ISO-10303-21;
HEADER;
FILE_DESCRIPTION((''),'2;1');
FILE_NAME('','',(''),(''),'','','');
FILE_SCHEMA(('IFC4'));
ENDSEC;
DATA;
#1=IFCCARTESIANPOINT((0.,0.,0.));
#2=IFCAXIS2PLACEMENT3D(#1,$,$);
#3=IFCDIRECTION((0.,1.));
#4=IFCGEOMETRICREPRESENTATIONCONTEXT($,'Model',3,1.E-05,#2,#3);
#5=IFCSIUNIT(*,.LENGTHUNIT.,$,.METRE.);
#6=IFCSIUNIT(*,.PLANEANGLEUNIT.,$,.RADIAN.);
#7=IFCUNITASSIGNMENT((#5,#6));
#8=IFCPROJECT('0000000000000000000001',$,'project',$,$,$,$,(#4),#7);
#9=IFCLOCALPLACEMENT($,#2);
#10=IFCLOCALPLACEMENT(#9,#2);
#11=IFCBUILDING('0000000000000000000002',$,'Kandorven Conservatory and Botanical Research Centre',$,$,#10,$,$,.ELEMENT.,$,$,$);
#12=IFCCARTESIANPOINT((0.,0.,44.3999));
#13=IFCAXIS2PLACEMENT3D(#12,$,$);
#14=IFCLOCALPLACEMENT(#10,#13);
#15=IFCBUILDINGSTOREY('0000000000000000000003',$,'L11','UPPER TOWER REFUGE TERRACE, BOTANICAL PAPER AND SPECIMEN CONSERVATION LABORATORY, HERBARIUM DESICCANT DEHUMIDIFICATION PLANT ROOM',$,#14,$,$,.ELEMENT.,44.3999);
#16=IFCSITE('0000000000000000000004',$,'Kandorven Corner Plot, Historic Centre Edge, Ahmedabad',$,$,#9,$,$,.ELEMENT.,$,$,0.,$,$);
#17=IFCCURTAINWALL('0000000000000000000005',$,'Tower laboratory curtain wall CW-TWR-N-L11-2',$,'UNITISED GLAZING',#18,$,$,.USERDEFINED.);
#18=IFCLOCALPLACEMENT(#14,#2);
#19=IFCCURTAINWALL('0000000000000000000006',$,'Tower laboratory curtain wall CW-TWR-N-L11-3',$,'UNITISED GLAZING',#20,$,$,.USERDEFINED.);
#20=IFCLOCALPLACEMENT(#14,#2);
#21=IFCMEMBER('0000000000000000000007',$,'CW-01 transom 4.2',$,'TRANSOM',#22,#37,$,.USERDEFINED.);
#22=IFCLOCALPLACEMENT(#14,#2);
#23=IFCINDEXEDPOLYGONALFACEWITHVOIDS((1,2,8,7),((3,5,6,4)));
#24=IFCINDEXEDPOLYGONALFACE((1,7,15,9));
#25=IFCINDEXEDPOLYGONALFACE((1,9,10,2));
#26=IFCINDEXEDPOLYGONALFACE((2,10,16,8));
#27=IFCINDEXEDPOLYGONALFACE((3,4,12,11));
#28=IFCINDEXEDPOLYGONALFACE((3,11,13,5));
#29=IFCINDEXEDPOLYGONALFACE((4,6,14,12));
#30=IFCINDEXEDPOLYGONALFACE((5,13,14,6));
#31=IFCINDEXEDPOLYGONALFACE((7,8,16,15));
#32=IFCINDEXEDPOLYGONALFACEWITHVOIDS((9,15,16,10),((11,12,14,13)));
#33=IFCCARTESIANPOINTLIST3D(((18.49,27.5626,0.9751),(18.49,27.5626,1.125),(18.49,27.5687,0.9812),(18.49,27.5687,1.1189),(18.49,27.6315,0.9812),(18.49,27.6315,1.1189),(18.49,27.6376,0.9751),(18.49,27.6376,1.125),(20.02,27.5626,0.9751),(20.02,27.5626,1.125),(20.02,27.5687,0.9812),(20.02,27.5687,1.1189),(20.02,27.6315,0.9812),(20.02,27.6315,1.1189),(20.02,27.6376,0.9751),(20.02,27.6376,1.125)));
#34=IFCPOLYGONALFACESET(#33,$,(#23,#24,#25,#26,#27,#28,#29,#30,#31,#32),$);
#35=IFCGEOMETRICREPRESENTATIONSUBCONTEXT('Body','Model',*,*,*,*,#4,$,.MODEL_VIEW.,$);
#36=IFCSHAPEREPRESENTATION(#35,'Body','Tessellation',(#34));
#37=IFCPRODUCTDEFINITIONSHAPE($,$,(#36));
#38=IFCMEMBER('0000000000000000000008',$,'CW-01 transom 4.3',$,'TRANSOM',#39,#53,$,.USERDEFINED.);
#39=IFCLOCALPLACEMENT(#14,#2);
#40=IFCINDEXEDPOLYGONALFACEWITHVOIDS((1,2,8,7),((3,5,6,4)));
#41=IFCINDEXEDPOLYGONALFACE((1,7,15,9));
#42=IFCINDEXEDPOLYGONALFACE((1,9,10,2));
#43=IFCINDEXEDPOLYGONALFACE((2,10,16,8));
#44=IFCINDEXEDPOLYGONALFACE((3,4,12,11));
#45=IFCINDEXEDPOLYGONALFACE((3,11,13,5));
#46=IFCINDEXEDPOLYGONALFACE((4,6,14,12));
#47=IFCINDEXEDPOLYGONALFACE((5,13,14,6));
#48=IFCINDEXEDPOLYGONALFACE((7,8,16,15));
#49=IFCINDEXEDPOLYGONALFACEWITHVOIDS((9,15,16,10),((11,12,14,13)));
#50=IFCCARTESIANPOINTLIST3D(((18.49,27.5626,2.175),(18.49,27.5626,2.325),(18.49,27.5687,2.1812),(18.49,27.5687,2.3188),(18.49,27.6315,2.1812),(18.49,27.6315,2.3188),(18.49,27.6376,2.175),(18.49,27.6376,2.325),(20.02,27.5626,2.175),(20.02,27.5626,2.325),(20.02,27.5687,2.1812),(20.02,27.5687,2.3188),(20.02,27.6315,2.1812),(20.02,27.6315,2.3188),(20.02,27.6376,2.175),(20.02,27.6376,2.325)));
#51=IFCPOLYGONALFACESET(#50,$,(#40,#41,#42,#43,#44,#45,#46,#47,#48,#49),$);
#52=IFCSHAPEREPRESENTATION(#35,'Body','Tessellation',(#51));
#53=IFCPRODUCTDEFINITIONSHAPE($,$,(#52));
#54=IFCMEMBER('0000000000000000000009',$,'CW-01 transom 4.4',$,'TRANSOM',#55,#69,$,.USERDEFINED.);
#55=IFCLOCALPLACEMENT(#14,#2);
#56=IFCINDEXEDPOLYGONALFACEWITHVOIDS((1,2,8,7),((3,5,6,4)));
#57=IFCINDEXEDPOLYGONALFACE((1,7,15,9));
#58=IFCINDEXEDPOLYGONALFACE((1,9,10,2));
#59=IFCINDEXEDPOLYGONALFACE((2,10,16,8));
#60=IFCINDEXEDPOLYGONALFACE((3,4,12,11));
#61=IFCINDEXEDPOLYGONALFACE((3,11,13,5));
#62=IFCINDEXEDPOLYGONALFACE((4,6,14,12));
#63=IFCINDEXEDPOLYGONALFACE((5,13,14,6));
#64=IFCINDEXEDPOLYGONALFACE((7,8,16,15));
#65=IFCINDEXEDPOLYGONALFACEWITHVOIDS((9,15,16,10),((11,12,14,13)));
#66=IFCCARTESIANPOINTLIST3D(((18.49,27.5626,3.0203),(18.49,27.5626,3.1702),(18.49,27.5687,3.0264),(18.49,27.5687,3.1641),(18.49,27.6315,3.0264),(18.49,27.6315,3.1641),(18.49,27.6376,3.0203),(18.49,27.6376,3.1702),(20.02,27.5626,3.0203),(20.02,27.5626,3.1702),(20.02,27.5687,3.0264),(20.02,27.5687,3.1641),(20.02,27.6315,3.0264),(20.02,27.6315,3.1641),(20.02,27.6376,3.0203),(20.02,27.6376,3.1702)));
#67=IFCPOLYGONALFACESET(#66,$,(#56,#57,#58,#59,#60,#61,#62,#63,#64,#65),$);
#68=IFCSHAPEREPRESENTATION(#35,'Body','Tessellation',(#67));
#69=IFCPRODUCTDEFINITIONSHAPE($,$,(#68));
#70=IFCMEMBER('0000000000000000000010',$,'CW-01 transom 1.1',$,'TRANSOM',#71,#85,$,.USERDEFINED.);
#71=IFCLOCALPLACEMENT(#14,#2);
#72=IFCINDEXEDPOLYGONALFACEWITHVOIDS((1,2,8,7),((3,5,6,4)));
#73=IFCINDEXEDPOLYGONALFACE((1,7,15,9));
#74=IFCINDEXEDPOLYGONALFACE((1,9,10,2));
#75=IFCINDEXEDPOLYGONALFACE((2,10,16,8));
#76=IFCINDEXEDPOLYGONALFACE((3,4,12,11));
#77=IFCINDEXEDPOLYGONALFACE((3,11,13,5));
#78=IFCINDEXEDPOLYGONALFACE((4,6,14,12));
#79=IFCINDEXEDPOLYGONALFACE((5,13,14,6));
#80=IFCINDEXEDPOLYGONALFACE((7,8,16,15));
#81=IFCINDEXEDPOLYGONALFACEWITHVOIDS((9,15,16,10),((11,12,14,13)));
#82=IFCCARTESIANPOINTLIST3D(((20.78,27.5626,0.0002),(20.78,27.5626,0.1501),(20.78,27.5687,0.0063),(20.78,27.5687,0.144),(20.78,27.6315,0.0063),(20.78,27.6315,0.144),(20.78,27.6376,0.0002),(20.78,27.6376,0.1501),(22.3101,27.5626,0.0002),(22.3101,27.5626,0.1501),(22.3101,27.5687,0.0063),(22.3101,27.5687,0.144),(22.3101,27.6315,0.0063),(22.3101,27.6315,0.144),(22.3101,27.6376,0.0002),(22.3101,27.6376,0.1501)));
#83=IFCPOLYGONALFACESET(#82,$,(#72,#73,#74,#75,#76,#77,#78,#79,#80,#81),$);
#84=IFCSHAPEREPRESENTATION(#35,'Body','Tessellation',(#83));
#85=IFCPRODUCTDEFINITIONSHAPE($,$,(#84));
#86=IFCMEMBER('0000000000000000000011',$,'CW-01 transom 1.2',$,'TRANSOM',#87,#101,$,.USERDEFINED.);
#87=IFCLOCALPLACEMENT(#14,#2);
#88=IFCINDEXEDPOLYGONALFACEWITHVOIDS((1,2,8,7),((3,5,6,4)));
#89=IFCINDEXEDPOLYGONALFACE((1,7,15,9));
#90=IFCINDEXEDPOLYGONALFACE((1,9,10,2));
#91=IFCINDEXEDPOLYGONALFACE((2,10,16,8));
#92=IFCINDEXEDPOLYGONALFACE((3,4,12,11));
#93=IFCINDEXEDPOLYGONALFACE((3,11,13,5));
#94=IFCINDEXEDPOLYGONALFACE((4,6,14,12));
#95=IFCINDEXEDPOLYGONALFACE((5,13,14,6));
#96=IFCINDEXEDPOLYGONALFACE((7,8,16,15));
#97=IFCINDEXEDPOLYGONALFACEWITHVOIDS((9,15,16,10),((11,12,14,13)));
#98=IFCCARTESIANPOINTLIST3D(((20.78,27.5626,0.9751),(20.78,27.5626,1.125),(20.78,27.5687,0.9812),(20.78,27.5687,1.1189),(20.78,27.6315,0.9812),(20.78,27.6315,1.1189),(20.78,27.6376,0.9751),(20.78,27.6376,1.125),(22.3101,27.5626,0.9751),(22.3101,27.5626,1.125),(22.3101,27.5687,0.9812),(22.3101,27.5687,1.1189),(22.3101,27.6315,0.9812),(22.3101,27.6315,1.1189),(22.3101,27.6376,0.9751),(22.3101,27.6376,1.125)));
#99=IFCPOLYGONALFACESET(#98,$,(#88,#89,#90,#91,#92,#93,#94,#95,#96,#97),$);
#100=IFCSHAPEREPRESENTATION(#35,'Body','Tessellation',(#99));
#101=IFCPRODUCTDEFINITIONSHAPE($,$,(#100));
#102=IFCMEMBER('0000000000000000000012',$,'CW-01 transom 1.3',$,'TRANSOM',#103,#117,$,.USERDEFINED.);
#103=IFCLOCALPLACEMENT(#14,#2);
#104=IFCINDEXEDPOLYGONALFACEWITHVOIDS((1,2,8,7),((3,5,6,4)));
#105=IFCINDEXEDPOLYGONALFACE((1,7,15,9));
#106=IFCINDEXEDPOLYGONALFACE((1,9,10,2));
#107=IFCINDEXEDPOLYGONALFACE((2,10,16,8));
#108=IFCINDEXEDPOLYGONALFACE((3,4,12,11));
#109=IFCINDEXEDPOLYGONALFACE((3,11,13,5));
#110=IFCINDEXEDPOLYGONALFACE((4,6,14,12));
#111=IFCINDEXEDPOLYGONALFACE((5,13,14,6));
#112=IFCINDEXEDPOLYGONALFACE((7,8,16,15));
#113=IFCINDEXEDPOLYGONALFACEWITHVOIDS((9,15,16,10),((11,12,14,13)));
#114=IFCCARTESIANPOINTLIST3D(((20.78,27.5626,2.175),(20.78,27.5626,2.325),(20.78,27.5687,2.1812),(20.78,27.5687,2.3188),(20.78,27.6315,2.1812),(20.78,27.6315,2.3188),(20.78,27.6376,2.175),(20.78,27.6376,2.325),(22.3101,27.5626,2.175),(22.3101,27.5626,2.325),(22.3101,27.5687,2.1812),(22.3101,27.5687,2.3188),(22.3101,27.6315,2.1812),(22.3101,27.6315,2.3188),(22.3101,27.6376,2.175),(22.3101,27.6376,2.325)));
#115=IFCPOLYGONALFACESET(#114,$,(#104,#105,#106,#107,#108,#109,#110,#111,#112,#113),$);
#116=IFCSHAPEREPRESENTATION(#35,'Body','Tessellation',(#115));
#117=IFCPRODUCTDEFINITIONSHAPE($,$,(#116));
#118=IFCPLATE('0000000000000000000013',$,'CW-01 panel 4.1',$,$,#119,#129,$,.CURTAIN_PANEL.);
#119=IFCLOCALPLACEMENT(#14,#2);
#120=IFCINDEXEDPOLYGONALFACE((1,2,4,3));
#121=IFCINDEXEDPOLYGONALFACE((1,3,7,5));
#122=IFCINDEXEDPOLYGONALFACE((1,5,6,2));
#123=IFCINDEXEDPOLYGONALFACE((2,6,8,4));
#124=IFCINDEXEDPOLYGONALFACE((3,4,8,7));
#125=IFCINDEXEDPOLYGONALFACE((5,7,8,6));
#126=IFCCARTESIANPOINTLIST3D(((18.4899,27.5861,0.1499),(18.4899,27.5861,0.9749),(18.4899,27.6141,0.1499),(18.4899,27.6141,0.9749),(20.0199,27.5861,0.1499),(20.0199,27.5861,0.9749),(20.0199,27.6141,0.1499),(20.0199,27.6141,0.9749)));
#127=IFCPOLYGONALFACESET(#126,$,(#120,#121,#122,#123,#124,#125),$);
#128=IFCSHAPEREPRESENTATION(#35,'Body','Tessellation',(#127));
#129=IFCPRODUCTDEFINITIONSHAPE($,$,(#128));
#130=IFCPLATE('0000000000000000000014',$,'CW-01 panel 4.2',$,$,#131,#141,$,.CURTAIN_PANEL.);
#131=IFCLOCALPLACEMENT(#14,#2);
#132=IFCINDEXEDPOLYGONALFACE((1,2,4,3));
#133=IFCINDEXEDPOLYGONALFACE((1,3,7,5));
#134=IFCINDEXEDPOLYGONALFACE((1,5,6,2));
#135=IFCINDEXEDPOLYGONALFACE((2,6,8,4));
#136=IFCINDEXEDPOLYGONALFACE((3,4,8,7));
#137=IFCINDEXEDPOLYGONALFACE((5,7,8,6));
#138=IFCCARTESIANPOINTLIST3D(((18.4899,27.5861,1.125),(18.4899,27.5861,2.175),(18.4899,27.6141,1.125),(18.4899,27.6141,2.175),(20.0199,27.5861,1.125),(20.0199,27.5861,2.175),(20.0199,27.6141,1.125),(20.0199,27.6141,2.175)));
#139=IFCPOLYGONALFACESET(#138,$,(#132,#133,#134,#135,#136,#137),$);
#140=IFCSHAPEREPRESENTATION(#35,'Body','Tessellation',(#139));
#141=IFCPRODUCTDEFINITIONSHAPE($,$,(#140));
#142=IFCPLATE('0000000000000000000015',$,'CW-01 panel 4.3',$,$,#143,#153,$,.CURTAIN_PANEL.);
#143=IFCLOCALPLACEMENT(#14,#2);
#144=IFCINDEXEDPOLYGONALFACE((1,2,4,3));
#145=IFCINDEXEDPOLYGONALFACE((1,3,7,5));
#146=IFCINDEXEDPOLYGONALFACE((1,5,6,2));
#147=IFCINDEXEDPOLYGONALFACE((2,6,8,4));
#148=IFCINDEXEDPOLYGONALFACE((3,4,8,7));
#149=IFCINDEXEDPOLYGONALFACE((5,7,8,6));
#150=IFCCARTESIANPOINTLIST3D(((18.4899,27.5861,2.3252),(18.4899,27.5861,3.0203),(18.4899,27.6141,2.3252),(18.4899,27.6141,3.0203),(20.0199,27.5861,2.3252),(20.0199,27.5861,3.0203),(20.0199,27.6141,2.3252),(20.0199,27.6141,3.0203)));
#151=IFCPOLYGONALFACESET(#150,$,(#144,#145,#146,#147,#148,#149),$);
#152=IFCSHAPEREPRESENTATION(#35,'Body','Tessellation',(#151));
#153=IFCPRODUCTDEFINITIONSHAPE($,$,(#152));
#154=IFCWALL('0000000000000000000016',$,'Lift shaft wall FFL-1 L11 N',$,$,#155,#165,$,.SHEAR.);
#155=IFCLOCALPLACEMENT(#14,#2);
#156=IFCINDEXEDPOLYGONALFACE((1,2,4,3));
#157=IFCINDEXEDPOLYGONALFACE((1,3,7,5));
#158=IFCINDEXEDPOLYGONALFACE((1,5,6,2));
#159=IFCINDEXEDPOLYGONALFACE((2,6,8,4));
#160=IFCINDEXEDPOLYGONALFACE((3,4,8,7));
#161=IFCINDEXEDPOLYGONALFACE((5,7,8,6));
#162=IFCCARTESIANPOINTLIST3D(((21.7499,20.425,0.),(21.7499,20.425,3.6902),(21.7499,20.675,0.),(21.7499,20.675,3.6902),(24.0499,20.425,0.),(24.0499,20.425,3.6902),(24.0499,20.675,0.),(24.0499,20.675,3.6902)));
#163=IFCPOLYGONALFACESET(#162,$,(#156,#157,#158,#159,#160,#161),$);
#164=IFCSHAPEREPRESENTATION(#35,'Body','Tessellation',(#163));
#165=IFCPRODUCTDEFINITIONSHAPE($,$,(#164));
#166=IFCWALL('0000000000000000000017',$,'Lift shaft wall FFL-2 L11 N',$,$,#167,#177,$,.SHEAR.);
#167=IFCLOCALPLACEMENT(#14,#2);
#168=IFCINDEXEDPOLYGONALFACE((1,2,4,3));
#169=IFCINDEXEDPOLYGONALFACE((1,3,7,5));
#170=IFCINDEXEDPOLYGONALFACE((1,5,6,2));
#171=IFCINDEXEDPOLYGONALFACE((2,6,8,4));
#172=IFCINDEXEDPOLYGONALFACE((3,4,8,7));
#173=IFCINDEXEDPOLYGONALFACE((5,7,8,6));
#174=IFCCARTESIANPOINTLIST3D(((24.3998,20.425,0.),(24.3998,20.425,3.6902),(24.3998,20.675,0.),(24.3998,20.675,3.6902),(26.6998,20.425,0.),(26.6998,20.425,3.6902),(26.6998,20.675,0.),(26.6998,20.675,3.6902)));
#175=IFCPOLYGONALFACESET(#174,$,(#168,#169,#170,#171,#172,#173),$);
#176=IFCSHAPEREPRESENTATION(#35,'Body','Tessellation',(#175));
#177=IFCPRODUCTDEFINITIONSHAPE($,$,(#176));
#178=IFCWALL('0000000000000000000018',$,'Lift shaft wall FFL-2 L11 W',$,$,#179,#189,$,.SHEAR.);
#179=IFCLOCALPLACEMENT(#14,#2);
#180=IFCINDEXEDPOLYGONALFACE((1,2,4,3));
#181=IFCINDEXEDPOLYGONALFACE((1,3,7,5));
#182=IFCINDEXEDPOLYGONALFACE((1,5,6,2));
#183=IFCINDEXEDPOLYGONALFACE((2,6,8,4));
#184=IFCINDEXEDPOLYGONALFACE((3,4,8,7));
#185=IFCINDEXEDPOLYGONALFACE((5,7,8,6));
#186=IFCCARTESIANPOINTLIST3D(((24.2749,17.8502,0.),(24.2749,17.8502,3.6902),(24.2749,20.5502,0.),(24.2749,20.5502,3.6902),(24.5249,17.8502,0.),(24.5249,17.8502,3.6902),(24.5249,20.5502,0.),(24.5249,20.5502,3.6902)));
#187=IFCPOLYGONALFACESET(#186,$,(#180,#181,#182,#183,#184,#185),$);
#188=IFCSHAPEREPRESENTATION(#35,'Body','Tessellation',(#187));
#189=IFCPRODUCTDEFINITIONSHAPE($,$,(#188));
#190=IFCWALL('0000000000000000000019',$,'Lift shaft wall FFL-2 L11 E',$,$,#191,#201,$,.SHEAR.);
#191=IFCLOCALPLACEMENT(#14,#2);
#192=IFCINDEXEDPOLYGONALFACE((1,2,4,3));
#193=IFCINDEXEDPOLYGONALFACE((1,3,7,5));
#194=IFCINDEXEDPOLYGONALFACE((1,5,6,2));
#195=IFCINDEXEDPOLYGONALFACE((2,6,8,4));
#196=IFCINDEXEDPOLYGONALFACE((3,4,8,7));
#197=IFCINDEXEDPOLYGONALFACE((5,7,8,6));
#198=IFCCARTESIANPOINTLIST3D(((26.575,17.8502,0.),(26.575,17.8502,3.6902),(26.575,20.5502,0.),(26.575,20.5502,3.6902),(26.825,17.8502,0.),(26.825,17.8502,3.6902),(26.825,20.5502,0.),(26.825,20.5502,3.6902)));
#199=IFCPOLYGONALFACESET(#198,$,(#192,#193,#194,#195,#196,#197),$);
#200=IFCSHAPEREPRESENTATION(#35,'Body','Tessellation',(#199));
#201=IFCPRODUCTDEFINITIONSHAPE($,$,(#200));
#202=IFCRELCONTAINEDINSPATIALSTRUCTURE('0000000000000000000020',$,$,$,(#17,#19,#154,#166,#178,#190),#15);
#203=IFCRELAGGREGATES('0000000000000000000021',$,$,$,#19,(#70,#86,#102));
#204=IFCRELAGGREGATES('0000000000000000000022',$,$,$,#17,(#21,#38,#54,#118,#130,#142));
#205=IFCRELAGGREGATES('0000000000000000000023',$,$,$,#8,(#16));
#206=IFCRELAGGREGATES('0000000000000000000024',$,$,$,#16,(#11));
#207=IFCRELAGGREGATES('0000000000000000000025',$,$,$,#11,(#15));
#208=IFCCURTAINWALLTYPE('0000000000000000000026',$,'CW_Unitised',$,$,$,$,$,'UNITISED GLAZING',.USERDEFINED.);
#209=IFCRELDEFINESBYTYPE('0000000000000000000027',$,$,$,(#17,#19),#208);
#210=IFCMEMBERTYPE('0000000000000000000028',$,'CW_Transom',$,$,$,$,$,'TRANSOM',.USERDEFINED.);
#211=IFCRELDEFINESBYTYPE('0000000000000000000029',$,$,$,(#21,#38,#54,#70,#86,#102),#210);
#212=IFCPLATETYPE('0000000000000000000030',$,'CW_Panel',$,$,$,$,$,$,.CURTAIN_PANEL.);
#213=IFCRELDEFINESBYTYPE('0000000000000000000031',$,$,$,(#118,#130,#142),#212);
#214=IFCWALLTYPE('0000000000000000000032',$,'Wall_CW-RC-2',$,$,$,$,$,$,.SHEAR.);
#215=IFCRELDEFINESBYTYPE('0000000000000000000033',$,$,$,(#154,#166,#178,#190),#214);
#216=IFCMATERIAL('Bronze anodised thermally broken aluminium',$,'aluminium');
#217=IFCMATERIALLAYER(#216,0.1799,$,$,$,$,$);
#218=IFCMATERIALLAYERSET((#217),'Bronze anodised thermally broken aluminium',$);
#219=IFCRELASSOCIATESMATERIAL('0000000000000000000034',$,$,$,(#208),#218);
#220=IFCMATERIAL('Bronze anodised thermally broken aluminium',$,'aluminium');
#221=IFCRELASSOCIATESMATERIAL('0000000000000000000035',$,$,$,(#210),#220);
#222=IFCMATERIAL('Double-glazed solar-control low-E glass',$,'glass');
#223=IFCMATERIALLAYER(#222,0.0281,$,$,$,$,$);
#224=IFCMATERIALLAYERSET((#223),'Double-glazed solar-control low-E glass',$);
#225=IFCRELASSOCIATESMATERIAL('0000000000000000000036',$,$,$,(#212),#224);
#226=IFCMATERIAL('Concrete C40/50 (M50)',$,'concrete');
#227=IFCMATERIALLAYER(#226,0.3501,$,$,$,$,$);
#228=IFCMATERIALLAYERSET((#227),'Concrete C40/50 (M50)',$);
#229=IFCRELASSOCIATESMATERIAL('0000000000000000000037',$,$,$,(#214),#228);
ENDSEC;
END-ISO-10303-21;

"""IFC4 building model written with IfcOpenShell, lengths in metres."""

from ifc_helpers import new_model, si_unit, direction, frame, frame_2d, origin, origin_2d, place, context, subcontext, project, spatial, rectangle, hollow_rectangle, extrude, material, layer, layer_set, material_profile, profile_set, type_object, element, aggregate, save


model = new_model("IFC4")

# Units and contexts
model_context = context("Model", 3, precision=1e-05, world=origin(), true_north=direction((0.0, 1.0)))
body_context = subcontext(model_context, "Body", "Model", "MODEL_VIEW")
ifc_project = project(units=[si_unit("LENGTHUNIT", "METRE"), si_unit("PLANEANGLEUNIT", "RADIAN")], contexts=[model_context])

# Site, building, storey
site_placement = place(None, origin())
site = spatial("IfcSite", under=ifc_project, at=site_placement, Name="Kandorven Corner Plot, Historic Centre Edge, Ahmedabad", CompositionType="ELEMENT", RefElevation=0.0)
building_placement = place(site_placement, origin())
building = spatial("IfcBuilding", under=site, at=building_placement, Name="Kandorven Conservatory and Botanical Research Centre", CompositionType="ELEMENT")
storey_placement = place(building_placement, frame((0.0, 0.0, 44.3999)))
storey = spatial("IfcBuildingStorey", under=building, at=storey_placement, Name="L11", Description="UPPER TOWER REFUGE TERRACE, BOTANICAL PAPER AND SPECIMEN CONSERVATION LABORATORY, HERBARIUM DESICCANT DEHUMIDIFICATION PLANT ROOM", CompositionType="ELEMENT", Elevation=44.3999)

# Curtain walls
ifc_material_1 = material(Name="Bronze anodised thermally broken aluminium", Category="aluminium")
ifc_layer_1 = layer(ifc_material_1, 0.1799)
ifc_layer_set_1 = layer_set([ifc_layer_1], Name="Bronze anodised thermally broken aluminium")
curtain_wall_type = type_object("IfcCurtainWallType", Name="CW_Unitised", ElementType="UNITISED GLAZING", PredefinedType="USERDEFINED", material=ifc_layer_set_1)
curtain_wall_1_placement = place(storey_placement, origin())
curtain_wall_1 = element("IfcCurtainWall", 1, at=curtain_wall_1_placement, inside=storey, type_object=curtain_wall_type, Name="Tower laboratory curtain wall CW-TWR-N-L11-2", ObjectType="UNITISED GLAZING", PredefinedType="USERDEFINED")
curtain_wall_2_placement = place(storey_placement, origin())
curtain_wall_2 = element("IfcCurtainWall", 2, at=curtain_wall_2_placement, inside=storey, type_object=curtain_wall_type, Name="Tower laboratory curtain wall CW-TWR-N-L11-3", ObjectType="UNITISED GLAZING", PredefinedType="USERDEFINED")

# Members
ifc_material_2 = material(Name="Bronze anodised thermally broken aluminium", Category="aluminium")
ifc_material_profile_1 = material_profile(ifc_material_2, hollow_rectangle(XDim=0.075, YDim=0.1499, WallThickness=0.0061, at=origin_2d()))
ifc_profile_set_1 = profile_set([ifc_material_profile_1], Name="Bronze anodised thermally broken aluminium")
member_type_1 = type_object("IfcMemberType", Name="CW_Transom", ElementType="TRANSOM", PredefinedType="USERDEFINED", material=ifc_profile_set_1)
member_1_placement = place(storey_placement, frame((18.49, 27.6001, 1.05), z_axis=(1.0, 0.0, 0.0), x_axis=(0.0, 1.0, 0.0)))
member_1 = element("IfcMember", 3, at=member_1_placement, type_object=member_type_1, Name="CW-01 transom 4.2", ObjectType="TRANSOM", PredefinedType="USERDEFINED", context=body_context, shape_type="SweptSolid", body=[
    extrude(hollow_rectangle(XDim=0.075, YDim=0.1499, WallThickness=0.0061, at=origin_2d()), origin(), (0.0, 0.0, 1.0), 1.53),
])
member_2_placement = place(storey_placement, frame((18.49, 27.6001, 2.25), z_axis=(1.0, 0.0, 0.0), x_axis=(0.0, 1.0, 0.0)))
member_2 = element("IfcMember", 4, at=member_2_placement, type_object=member_type_1, Name="CW-01 transom 4.3", ObjectType="TRANSOM", PredefinedType="USERDEFINED", context=body_context, shape_type="SweptSolid", body=[
    extrude(hollow_rectangle(XDim=0.075, YDim=0.1499, WallThickness=0.0061, at=origin_2d()), origin(), (0.0, 0.0, 1.0), 1.53),
])
member_3_placement = place(storey_placement, frame((18.49, 27.6001, 3.0952), z_axis=(1.0, 0.0, 0.0), x_axis=(0.0, 1.0, 0.0)))
member_3 = element("IfcMember", 5, at=member_3_placement, type_object=member_type_1, Name="CW-01 transom 4.4", ObjectType="TRANSOM", PredefinedType="USERDEFINED", context=body_context, shape_type="SweptSolid", body=[
    extrude(hollow_rectangle(XDim=0.075, YDim=0.1499, WallThickness=0.0061, at=origin_2d()), origin(), (0.0, 0.0, 1.0), 1.53),
])
member_4_placement = place(storey_placement, frame((20.78, 27.6001, 0.0752), z_axis=(1.0, 0.0, 0.0), x_axis=(0.0, 1.0, 0.0)))
member_4 = element("IfcMember", 6, at=member_4_placement, type_object=member_type_1, Name="CW-01 transom 1.1", ObjectType="TRANSOM", PredefinedType="USERDEFINED", context=body_context, shape_type="SweptSolid", body=[
    extrude(hollow_rectangle(XDim=0.075, YDim=0.1499, WallThickness=0.0061, at=origin_2d()), origin(), (0.0, 0.0, 1.0), 1.53),
])
member_5_placement = place(storey_placement, frame((20.78, 27.6001, 1.05), z_axis=(1.0, 0.0, 0.0), x_axis=(0.0, 1.0, 0.0)))
member_5 = element("IfcMember", 7, at=member_5_placement, type_object=member_type_1, Name="CW-01 transom 1.2", ObjectType="TRANSOM", PredefinedType="USERDEFINED", context=body_context, shape_type="SweptSolid", body=[
    extrude(hollow_rectangle(XDim=0.075, YDim=0.1499, WallThickness=0.0061, at=origin_2d()), origin(), (0.0, 0.0, 1.0), 1.53),
])
member_6_placement = place(storey_placement, frame((20.78, 27.6001, 2.25), z_axis=(1.0, 0.0, 0.0), x_axis=(0.0, 1.0, 0.0)))
member_6 = element("IfcMember", 8, at=member_6_placement, type_object=member_type_1, Name="CW-01 transom 1.3", ObjectType="TRANSOM", PredefinedType="USERDEFINED", context=body_context, shape_type="SweptSolid", body=[
    extrude(hollow_rectangle(XDim=0.075, YDim=0.1499, WallThickness=0.0061, at=origin_2d()), origin(), (0.0, 0.0, 1.0), 1.53),
])
aggregate(curtain_wall_2, [member_4, member_5, member_6])

# Plates
ifc_material_3 = material(Name="Double-glazed solar-control low-E glass", Category="glass")
ifc_layer_2 = layer(ifc_material_3, 0.0281)
ifc_layer_set_2 = layer_set([ifc_layer_2], Name="Double-glazed solar-control low-E glass")
plate_type = type_object("IfcPlateType", Name="CW_Panel", PredefinedType="CURTAIN_PANEL", material=ifc_layer_set_2)
plate_1_placement = place(storey_placement, frame((19.2549, 27.6001, 0.1499), z_axis=(0.0, 0.0, 1.0), x_axis=(1.0, 0.0, 0.0)))
plate_1 = element("IfcPlate", 9, at=plate_1_placement, type_object=plate_type, Name="CW-01 panel 4.1", PredefinedType="CURTAIN_PANEL", context=body_context, shape_type="SweptSolid", body=[
    extrude(rectangle(XDim=1.53, YDim=0.0281, at=origin_2d()), origin(), (0.0, 0.0, 1.0), 0.825),
])
plate_2_placement = place(storey_placement, frame((19.2549, 27.6001, 1.125), z_axis=(0.0, 0.0, 1.0), x_axis=(1.0, 0.0, 0.0)))
plate_2 = element("IfcPlate", 10, at=plate_2_placement, type_object=plate_type, Name="CW-01 panel 4.2", PredefinedType="CURTAIN_PANEL", context=body_context, shape_type="SweptSolid", body=[
    extrude(rectangle(XDim=1.53, YDim=0.0281, at=origin_2d()), origin(), (0.0, 0.0, 1.0), 1.05),
])
plate_3_placement = place(storey_placement, frame((19.2549, 27.6001, 2.3252), z_axis=(0.0, 0.0, 1.0), x_axis=(1.0, 0.0, 0.0)))
plate_3 = element("IfcPlate", 11, at=plate_3_placement, type_object=plate_type, Name="CW-01 panel 4.3", PredefinedType="CURTAIN_PANEL", context=body_context, shape_type="SweptSolid", body=[
    extrude(rectangle(XDim=1.53, YDim=0.0281, at=origin_2d()), origin(), (0.0, 0.0, 1.0), 0.6951),
])
aggregate(curtain_wall_1, [member_1, member_2, member_3, plate_1, plate_2, plate_3])

# Walls
ifc_material_4 = material(Name="Concrete C40/50 (M50)", Category="concrete")
ifc_layer_3 = layer(ifc_material_4, 0.3501)
ifc_layer_set_3 = layer_set([ifc_layer_3], Name="Concrete C40/50 (M50)")
wall_type_1 = type_object("IfcWallType", Name="Wall_CW-RC-2", PredefinedType="SHEAR", material=ifc_layer_set_3)
for number, where, z_axis, x_axis, name in (
    (12, (21.75, 20.55, 0.0), (0.0, 0.0, 1.0), (1.0, 0.0, 0.0), "Lift shaft wall FFL-1 L11 N"),
    (13, (24.3999, 20.55, 0.0), (0.0, 0.0, 1.0), (1.0, 0.0, 0.0), "Lift shaft wall FFL-2 L11 N"),
):
    element("IfcWall", number, at=place(storey_placement, frame(where, z_axis=z_axis, x_axis=x_axis)), inside=storey, type_object=wall_type_1, Name=name, PredefinedType="SHEAR", context=body_context, shape_type="SweptSolid", body=[
        extrude(rectangle(XDim=2.3, YDim=0.25, at=frame_2d((1.1499, 0.0))), origin(), (0.0, 0.0, 1.0), 3.6902),
    ])
for number, where, z_axis, x_axis, name in (
    (14, (24.3999, 17.8501, 0.0), (0.0, 0.0, 1.0), (0.0, 1.0, 0.0), "Lift shaft wall FFL-2 L11 W"),
    (15, (26.7, 17.8501, 0.0), (0.0, 0.0, 1.0), (0.0, 1.0, 0.0), "Lift shaft wall FFL-2 L11 E"),
):
    element("IfcWall", number, at=place(storey_placement, frame(where, z_axis=z_axis, x_axis=x_axis)), inside=storey, type_object=wall_type_1, Name=name, PredefinedType="SHEAR", context=body_context, shape_type="SweptSolid", body=[
        extrude(rectangle(XDim=2.7, YDim=0.25, at=frame_2d((1.3501, 0.0))), origin(), (0.0, 0.0, 1.0), 3.6902),
    ])

save(model, "model.ifc")
